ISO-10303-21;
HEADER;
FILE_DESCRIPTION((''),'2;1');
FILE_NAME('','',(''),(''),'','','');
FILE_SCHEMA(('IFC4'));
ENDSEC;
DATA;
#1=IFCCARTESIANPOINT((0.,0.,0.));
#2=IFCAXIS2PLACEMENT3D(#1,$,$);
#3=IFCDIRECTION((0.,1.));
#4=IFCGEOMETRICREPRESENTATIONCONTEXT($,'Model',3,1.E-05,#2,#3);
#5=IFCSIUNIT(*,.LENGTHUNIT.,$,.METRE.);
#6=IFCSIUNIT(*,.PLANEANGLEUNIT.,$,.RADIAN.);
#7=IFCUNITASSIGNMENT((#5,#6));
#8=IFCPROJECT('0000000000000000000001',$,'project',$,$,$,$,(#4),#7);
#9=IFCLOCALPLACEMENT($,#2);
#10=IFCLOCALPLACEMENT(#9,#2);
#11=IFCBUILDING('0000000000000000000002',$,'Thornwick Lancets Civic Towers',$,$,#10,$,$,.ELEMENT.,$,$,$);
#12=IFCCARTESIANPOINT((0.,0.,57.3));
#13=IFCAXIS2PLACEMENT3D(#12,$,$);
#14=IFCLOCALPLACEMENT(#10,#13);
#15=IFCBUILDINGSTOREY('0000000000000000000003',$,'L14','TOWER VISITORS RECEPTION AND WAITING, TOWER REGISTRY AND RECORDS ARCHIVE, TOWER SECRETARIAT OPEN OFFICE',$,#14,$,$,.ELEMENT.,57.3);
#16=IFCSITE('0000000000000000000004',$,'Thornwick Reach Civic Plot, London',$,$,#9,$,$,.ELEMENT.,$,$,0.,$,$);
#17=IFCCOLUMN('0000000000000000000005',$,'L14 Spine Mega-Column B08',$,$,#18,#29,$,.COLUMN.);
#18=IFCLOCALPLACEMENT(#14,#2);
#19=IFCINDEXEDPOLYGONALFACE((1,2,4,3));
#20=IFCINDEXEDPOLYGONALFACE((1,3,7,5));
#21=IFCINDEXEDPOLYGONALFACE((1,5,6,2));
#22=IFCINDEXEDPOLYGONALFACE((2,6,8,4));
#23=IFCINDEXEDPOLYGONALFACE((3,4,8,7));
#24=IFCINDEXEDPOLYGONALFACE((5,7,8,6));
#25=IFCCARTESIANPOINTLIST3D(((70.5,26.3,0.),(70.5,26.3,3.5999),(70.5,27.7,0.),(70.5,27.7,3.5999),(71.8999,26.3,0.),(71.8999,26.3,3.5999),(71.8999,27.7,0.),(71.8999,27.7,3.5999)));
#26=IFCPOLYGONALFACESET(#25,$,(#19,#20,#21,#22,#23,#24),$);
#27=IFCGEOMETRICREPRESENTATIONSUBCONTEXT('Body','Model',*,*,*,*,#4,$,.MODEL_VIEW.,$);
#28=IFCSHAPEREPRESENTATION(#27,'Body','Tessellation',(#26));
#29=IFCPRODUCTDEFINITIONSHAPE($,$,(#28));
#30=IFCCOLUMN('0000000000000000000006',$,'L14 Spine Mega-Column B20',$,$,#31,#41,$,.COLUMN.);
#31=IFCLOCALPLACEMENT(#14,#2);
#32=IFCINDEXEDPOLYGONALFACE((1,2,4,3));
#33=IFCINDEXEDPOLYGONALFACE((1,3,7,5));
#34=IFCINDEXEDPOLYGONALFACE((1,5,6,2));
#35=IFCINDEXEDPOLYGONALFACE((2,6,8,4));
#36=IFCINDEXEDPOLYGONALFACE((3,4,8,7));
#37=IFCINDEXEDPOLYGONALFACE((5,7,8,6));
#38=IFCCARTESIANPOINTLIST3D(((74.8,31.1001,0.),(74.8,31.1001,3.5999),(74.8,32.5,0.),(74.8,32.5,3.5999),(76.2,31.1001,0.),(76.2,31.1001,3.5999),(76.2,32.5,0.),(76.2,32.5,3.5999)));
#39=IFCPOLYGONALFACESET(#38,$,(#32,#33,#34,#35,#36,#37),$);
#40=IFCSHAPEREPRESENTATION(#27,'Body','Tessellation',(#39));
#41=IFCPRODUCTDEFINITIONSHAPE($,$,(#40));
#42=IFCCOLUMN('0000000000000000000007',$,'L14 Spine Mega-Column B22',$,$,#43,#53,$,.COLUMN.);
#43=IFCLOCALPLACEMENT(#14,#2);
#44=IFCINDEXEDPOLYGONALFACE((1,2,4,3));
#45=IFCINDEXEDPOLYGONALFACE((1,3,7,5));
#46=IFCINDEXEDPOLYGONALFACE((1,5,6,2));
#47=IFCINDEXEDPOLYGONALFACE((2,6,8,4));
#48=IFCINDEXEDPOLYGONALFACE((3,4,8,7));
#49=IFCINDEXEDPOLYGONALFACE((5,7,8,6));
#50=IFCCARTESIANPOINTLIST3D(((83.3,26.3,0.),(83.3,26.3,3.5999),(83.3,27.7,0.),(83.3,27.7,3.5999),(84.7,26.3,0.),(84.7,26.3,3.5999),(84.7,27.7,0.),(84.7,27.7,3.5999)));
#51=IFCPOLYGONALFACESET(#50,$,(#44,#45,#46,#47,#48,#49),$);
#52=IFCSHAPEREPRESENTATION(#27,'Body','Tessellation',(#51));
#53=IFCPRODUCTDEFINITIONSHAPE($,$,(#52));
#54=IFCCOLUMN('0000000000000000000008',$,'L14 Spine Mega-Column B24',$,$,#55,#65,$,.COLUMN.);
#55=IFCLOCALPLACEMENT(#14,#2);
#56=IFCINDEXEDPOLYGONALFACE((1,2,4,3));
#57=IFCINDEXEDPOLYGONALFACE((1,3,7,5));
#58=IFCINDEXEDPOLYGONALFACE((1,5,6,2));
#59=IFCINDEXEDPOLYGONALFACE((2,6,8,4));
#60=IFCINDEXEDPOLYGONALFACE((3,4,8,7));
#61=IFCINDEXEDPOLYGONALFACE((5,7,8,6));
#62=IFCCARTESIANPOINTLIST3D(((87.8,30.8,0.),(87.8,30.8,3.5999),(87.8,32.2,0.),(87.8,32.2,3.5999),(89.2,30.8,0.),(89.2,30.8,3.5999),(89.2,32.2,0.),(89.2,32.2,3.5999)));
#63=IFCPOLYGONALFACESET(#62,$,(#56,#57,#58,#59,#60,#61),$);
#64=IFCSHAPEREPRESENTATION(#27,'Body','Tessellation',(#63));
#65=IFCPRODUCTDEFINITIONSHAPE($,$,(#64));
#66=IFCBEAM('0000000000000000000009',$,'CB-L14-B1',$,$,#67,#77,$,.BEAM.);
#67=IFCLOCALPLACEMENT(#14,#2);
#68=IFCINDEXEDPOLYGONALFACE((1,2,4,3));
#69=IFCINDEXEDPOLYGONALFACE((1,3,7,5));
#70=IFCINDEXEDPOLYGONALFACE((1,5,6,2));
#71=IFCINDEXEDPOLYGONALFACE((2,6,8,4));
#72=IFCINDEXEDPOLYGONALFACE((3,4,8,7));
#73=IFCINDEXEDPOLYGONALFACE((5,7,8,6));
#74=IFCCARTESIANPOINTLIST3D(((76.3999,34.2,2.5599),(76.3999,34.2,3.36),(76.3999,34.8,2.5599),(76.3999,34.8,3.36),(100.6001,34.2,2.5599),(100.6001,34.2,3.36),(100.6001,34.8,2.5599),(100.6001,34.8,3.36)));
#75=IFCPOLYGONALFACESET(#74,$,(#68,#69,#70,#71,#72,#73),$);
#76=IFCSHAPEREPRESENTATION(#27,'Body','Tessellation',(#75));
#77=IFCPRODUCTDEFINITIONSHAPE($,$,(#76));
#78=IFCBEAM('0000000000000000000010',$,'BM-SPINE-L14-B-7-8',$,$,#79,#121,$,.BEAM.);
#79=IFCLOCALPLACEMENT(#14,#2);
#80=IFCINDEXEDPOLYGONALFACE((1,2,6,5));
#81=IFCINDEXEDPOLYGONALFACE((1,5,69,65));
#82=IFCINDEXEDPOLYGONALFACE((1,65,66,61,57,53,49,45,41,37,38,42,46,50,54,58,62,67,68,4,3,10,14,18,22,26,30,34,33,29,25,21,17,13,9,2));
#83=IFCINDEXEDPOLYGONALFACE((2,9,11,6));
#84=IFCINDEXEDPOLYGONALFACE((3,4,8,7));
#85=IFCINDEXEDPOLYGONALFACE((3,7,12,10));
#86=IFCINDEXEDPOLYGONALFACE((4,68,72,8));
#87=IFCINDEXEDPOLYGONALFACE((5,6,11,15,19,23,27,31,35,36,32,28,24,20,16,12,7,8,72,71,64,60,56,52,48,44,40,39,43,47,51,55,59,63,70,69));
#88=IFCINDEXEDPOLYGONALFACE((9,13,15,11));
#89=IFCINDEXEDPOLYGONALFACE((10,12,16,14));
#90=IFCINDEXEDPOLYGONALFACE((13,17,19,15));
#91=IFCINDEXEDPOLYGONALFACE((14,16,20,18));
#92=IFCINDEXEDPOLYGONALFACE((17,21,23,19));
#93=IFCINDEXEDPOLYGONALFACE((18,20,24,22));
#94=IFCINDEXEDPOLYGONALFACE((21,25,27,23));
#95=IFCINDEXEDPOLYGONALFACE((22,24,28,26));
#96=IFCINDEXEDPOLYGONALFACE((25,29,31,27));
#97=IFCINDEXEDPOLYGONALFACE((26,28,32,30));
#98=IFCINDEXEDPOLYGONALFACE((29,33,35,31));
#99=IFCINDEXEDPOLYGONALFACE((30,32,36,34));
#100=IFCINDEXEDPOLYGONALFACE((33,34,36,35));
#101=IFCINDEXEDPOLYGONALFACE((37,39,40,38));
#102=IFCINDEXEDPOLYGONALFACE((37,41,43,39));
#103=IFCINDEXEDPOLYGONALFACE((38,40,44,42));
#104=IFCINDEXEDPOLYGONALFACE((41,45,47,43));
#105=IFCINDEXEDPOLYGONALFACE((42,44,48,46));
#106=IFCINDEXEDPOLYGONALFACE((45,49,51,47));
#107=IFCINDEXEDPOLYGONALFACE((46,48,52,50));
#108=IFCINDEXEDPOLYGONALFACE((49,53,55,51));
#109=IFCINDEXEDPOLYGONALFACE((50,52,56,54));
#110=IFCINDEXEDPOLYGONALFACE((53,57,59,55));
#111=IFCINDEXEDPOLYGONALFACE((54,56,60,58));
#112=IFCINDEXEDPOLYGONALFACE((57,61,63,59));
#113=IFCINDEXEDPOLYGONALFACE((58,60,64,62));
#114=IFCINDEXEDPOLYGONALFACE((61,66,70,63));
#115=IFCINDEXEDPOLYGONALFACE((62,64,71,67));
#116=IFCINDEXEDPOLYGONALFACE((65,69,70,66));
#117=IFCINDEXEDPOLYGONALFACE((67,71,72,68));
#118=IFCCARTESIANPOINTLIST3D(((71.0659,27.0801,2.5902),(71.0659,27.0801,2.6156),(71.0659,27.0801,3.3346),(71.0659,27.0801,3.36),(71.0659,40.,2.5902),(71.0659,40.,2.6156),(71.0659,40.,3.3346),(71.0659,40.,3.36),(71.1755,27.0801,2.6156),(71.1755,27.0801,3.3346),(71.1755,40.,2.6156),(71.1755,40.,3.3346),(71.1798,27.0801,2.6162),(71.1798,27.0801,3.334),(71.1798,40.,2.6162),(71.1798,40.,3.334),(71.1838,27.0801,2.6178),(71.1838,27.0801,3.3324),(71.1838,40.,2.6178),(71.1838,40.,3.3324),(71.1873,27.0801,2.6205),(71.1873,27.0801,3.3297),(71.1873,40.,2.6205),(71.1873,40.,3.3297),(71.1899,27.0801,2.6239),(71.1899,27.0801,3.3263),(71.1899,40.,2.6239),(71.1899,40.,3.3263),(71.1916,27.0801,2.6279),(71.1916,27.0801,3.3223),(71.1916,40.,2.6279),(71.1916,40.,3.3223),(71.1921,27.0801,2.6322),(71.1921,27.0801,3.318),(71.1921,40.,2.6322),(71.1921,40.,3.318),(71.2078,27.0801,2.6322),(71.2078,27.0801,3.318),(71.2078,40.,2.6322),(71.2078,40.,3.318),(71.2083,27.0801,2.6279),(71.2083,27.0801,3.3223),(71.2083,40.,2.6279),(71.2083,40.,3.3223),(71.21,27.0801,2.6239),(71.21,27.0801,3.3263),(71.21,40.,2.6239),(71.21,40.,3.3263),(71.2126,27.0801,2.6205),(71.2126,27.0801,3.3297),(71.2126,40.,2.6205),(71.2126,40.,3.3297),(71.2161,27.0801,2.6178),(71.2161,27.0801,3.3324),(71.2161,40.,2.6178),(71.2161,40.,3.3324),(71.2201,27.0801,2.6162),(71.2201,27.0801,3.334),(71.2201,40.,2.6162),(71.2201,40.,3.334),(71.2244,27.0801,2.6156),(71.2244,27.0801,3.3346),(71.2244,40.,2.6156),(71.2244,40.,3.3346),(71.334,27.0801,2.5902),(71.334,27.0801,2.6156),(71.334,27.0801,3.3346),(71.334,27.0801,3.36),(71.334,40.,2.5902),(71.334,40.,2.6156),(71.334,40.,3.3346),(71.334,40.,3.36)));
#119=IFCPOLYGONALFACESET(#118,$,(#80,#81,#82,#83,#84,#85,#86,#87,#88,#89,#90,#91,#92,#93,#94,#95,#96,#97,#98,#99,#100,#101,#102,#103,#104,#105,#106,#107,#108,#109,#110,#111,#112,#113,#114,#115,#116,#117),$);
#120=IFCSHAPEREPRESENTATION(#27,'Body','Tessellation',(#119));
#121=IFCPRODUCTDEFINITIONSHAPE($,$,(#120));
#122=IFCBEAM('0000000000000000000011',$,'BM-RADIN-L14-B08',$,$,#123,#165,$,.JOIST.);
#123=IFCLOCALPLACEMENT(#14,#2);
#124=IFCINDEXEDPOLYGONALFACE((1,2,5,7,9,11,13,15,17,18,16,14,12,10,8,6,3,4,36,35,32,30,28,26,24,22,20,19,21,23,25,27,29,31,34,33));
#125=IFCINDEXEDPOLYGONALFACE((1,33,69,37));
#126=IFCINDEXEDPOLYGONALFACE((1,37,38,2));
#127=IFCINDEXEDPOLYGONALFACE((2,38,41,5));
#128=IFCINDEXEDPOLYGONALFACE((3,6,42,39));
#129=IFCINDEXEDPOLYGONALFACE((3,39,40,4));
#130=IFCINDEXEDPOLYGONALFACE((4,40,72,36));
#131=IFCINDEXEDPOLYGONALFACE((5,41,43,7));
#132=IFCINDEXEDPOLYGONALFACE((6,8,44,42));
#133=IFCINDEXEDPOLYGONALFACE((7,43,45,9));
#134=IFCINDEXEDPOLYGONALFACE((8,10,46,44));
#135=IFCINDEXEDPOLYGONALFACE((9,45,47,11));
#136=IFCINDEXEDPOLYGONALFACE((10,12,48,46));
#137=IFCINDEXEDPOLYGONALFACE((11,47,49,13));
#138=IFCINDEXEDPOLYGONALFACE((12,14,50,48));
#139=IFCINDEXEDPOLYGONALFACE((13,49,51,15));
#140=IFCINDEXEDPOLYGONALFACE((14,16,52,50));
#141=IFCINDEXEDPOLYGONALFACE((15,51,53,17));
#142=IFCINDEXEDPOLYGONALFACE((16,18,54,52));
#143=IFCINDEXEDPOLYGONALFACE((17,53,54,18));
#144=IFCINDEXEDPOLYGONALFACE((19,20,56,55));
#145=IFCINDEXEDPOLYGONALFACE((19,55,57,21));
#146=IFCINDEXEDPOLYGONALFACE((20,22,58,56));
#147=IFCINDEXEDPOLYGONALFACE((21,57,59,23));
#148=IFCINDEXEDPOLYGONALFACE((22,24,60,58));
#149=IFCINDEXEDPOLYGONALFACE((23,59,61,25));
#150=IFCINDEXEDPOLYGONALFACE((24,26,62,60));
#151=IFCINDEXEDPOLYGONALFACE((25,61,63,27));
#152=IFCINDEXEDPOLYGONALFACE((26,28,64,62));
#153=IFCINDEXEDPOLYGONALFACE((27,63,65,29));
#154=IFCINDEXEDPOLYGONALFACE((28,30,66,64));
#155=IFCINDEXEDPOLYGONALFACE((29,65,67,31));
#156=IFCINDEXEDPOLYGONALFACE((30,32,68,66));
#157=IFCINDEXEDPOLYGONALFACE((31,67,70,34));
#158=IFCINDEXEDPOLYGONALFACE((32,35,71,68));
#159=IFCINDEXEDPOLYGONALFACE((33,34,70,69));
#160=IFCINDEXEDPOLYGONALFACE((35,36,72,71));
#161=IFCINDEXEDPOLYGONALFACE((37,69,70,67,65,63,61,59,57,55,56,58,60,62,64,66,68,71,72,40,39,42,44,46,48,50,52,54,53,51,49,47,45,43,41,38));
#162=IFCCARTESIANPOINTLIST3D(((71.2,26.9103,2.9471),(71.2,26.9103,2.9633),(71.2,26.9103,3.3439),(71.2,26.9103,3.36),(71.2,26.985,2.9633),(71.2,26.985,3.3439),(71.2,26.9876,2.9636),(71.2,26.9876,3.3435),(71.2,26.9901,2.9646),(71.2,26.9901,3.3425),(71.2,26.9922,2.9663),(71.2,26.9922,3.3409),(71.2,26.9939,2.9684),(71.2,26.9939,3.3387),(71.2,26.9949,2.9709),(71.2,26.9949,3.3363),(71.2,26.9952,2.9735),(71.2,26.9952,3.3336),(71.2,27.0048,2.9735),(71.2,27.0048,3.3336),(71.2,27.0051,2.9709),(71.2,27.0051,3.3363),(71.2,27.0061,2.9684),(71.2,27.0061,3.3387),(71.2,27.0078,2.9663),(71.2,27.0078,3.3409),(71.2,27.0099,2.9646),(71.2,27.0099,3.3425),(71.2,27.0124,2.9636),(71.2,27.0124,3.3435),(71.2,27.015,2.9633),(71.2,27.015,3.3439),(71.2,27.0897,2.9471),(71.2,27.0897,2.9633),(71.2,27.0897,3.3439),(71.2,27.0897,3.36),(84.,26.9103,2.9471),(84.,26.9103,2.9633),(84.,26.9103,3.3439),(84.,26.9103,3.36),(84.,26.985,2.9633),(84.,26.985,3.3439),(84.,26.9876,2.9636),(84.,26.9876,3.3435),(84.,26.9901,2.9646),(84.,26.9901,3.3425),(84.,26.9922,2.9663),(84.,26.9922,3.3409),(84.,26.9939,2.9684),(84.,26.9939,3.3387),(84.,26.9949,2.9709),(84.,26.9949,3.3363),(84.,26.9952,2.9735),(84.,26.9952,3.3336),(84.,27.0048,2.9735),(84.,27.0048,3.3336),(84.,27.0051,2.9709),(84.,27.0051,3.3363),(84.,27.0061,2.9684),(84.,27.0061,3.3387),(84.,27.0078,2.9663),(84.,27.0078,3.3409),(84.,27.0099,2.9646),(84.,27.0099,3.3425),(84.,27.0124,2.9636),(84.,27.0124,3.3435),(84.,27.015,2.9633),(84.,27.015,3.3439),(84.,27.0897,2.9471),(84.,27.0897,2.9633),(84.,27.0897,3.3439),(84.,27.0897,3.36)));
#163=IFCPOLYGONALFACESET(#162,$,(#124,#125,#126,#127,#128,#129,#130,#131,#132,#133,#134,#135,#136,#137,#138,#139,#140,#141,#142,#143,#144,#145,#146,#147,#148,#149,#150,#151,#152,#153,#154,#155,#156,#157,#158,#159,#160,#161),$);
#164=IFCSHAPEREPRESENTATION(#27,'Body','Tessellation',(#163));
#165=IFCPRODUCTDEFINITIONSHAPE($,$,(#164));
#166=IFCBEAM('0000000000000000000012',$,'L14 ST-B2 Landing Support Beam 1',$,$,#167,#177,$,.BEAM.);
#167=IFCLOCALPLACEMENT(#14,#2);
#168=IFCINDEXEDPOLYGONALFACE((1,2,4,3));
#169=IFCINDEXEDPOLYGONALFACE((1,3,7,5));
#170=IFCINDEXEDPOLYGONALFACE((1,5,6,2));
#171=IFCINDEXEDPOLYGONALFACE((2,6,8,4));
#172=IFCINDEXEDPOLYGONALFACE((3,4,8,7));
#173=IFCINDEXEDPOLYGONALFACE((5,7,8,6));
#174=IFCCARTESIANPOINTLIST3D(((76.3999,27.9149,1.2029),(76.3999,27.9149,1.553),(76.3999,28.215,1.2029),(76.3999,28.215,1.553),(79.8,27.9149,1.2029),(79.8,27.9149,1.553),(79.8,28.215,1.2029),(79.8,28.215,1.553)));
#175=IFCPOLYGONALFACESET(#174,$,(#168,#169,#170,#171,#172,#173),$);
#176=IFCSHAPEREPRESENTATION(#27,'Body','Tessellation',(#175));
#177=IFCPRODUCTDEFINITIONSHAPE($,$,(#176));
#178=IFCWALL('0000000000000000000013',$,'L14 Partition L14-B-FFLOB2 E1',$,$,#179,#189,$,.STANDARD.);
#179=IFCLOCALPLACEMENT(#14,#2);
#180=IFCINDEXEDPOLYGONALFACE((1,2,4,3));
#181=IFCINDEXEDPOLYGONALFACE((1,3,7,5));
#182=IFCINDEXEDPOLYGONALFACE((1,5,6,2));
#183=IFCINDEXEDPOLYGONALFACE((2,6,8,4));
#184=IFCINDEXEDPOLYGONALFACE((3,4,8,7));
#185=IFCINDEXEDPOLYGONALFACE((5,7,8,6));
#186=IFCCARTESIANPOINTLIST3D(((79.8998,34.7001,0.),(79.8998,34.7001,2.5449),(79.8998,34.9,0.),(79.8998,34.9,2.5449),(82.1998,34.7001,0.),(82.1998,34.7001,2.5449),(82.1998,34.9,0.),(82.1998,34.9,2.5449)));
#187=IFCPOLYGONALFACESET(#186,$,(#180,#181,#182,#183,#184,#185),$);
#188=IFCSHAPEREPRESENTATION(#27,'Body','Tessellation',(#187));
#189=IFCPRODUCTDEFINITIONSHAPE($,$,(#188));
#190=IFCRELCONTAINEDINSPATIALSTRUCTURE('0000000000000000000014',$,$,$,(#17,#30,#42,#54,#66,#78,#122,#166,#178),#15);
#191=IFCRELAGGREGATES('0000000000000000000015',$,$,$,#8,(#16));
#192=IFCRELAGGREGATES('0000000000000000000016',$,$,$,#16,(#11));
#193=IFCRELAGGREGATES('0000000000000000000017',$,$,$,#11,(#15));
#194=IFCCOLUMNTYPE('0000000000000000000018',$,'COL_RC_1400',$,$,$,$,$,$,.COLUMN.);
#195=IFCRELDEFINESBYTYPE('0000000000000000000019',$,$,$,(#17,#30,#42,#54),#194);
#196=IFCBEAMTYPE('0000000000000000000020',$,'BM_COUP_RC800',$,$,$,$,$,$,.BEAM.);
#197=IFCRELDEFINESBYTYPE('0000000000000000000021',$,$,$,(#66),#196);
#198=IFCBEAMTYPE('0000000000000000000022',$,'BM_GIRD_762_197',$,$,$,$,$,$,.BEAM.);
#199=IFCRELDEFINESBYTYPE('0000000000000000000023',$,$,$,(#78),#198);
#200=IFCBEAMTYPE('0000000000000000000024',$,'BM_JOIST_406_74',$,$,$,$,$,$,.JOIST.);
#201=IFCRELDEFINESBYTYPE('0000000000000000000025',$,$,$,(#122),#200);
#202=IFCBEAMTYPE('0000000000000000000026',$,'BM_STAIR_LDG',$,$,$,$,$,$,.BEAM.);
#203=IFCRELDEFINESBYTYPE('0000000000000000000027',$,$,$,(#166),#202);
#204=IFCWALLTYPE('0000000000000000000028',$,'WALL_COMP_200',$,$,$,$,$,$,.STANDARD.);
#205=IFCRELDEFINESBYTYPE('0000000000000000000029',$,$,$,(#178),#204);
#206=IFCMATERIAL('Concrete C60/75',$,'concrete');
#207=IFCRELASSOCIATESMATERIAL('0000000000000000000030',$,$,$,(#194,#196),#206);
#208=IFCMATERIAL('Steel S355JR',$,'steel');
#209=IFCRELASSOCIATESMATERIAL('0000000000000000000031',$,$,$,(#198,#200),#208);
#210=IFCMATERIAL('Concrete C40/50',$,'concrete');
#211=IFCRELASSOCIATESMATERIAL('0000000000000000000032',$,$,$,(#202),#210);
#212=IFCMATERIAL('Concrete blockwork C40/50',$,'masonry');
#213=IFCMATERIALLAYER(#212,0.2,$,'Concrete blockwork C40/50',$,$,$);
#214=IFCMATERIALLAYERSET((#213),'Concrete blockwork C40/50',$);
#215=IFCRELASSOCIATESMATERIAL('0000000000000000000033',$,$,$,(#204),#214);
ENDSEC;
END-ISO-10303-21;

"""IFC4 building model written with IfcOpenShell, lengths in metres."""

from ifc_helpers import new_model, si_unit, direction, frame, frame_2d, origin, origin_2d, place, context, subcontext, project, spatial, rectangle, i_section, extrude, material, layer, layer_set, material_profile, profile_set, type_object, element, save


model = new_model("IFC4")

# Units and contexts
model_context = context("Model", 3, precision=1e-05, world=origin(), true_north=direction((0.0, 1.0)))
body_context = subcontext(model_context, "Body", "Model", "MODEL_VIEW")
ifc_project = project(units=[si_unit("LENGTHUNIT", "METRE"), si_unit("PLANEANGLEUNIT", "RADIAN")], contexts=[model_context])

# Site, building, storey
site_placement = place(None, origin())
site = spatial("IfcSite", under=ifc_project, at=site_placement, Name="Thornwick Reach Civic Plot, London", CompositionType="ELEMENT", RefElevation=0.0)
building_placement = place(site_placement, origin())
building = spatial("IfcBuilding", under=site, at=building_placement, Name="Thornwick Lancets Civic Towers", CompositionType="ELEMENT")
storey_placement = place(building_placement, frame((0.0, 0.0, 57.3)))
storey = spatial("IfcBuildingStorey", under=building, at=storey_placement, Name="L14", Description="TOWER VISITORS RECEPTION AND WAITING, TOWER REGISTRY AND RECORDS ARCHIVE, TOWER SECRETARIAT OPEN OFFICE", CompositionType="ELEMENT", Elevation=57.3)

# Columns
ifc_material_1 = material(Name="Concrete C60/75", Category="concrete")
ifc_material_profile_1 = material_profile(ifc_material_1, rectangle(XDim=1.3999, YDim=1.3999, at=origin_2d()), Name="RC 1400x1400")
ifc_profile_set_1 = profile_set([ifc_material_profile_1], Name="Concrete C60/75")
column_type = type_object("IfcColumnType", Name="COL_RC_1400", PredefinedType="COLUMN", material=ifc_profile_set_1)
for number, where, z_axis, x_axis, name in (
    (1, (71.2, 27.0, 0.0), (0.0, 0.0, 1.0), (1.0, 0.0, 0.0), "L14 Spine Mega-Column B08"),
    (2, (75.5, 31.8, 0.0), (0.0, 0.0, 1.0), (1.0, 0.0, 0.0), "L14 Spine Mega-Column B20"),
    (3, (84.0, 27.0, 0.0), (0.0, 0.0, 1.0), (1.0, 0.0, 0.0), "L14 Spine Mega-Column B22"),
    (4, (88.5, 31.5, 0.0), (0.0, 0.0, 1.0), (1.0, 0.0, 0.0), "L14 Spine Mega-Column B24"),
):
    element("IfcColumn", number, at=place(storey_placement, frame(where, z_axis=z_axis, x_axis=x_axis)), inside=storey, type_object=column_type, Name=name, PredefinedType="COLUMN", context=body_context, shape_type="SweptSolid", body=[
        extrude(rectangle(XDim=1.3999, YDim=1.3999, at=origin_2d()), origin(), (0.0, 0.0, 1.0), 3.5999),
    ])

# Beams
ifc_material_profile_2 = material_profile(ifc_material_1, rectangle(XDim=0.6001, YDim=0.8, at=origin_2d()), Name="RC 600x800")
ifc_profile_set_2 = profile_set([ifc_material_profile_2], Name="Concrete C60/75")
beam_type_1 = type_object("IfcBeamType", Name="BM_COUP_RC800", PredefinedType="BEAM", material=ifc_profile_set_2)
beam_1_placement = place(storey_placement, frame((76.3999, 34.5, 2.96), z_axis=(1.0, 0.0, 0.0), x_axis=(0.0, 1.0, 0.0)))
element("IfcBeam", 5, at=beam_1_placement, inside=storey, type_object=beam_type_1, Name="CB-L14-B1", PredefinedType="BEAM", context=body_context, shape_type="SweptSolid", body=[
    extrude(rectangle(XDim=0.6001, YDim=0.8, at=origin_2d()), origin(), (0.0, 0.0, 1.0), 24.2002),
])
ifc_material_2 = material(Name="Steel S355JR", Category="steel")
ifc_material_profile_3 = material_profile(ifc_material_2, i_section(OverallWidth=0.2681, OverallDepth=0.7698, WebThickness=0.0156, FlangeThickness=0.0254, FilletRadius=0.0166, at=origin_2d()), Name="UKB 762x267x197")
ifc_profile_set_3 = profile_set([ifc_material_profile_3], Name="Steel S355JR")
beam_type_2 = type_object("IfcBeamType", Name="BM_GIRD_762_197", PredefinedType="BEAM", material=ifc_profile_set_3)
beam_2_placement = place(storey_placement, frame((71.2, 27.0801, 2.9751), z_axis=(0.0, 1.0, 0.0), x_axis=(-1.0, 0.0, 0.0)))
element("IfcBeam", 6, at=beam_2_placement, inside=storey, type_object=beam_type_2, Name="BM-SPINE-L14-B-7-8", PredefinedType="BEAM", context=body_context, shape_type="SweptSolid", body=[
    extrude(i_section(OverallWidth=0.2681, OverallDepth=0.7698, WebThickness=0.0156, FlangeThickness=0.0254, FilletRadius=0.0166, at=origin_2d()), origin(), (0.0, 0.0, 1.0), 12.9199),
])
ifc_material_profile_4 = material_profile(ifc_material_2, i_section(OverallWidth=0.1794, OverallDepth=0.4128, WebThickness=0.0095, FlangeThickness=0.0161, FilletRadius=0.0103, at=origin_2d()), Name="UKB 406x178x74")
ifc_profile_set_4 = profile_set([ifc_material_profile_4], Name="Steel S355JR")
beam_type_3 = type_object("IfcBeamType", Name="BM_JOIST_406_74", PredefinedType="JOIST", material=ifc_profile_set_4)
beam_3_placement = place(storey_placement, frame((84.0, 27.0, 3.1536), z_axis=(-1.0, 0.0, 0.0), x_axis=(0.0, -1.0, 0.0)))
element("IfcBeam", 7, at=beam_3_placement, inside=storey, type_object=beam_type_3, Name="BM-RADIN-L14-B08", PredefinedType="JOIST", context=body_context, shape_type="SweptSolid", body=[
    extrude(i_section(OverallWidth=0.1794, OverallDepth=0.4128, WebThickness=0.0095, FlangeThickness=0.0161, FilletRadius=0.0103, at=origin_2d()), origin(), (0.0, 0.0, 1.0), 12.8),
])
ifc_material_3 = material(Name="Concrete C40/50", Category="concrete")
ifc_material_profile_5 = material_profile(ifc_material_3, rectangle(XDim=0.3, YDim=0.3501, at=origin_2d()), Name="RC 300x350")
ifc_profile_set_5 = profile_set([ifc_material_profile_5], Name="Concrete C40/50")
beam_type_4 = type_object("IfcBeamType", Name="BM_STAIR_LDG", PredefinedType="BEAM", material=ifc_profile_set_5)
beam_4_placement = place(storey_placement, frame((76.3999, 28.0649, 1.3779), z_axis=(1.0, 0.0, 0.0), x_axis=(0.0, 1.0, 0.0)))
element("IfcBeam", 8, at=beam_4_placement, inside=storey, type_object=beam_type_4, Name="L14 ST-B2 Landing Support Beam 1", PredefinedType="BEAM", context=body_context, shape_type="SweptSolid", body=[
    extrude(rectangle(XDim=0.3, YDim=0.3501, at=origin_2d()), origin(), (0.0, 0.0, 1.0), 3.4001),
])

# Wall
ifc_material_4 = material(Name="Concrete blockwork C40/50", Category="masonry")
ifc_layer_1 = layer(ifc_material_4, 0.2, Name="Concrete blockwork C40/50")
ifc_layer_set_1 = layer_set([ifc_layer_1], Name="Concrete blockwork C40/50")
wall_type_1 = type_object("IfcWallType", Name="WALL_COMP_200", PredefinedType="STANDARD", material=ifc_layer_set_1)
wall_1_placement = place(storey_placement, frame((79.8999, 34.8, 0.0), z_axis=(0.0, 0.0, 1.0), x_axis=(1.0, 0.0, 0.0)))
element("IfcWall", 9, at=wall_1_placement, inside=storey, type_object=wall_type_1, Name="L14 Partition L14-B-FFLOB2 E1", PredefinedType="STANDARD", context=body_context, shape_type="SweptSolid", body=[
    extrude(rectangle(XDim=2.3, YDim=0.2, at=frame_2d((1.1499, 0.0))), origin(), (0.0, 0.0, 1.0), 2.5449),
])

save(model, "model.ifc")
